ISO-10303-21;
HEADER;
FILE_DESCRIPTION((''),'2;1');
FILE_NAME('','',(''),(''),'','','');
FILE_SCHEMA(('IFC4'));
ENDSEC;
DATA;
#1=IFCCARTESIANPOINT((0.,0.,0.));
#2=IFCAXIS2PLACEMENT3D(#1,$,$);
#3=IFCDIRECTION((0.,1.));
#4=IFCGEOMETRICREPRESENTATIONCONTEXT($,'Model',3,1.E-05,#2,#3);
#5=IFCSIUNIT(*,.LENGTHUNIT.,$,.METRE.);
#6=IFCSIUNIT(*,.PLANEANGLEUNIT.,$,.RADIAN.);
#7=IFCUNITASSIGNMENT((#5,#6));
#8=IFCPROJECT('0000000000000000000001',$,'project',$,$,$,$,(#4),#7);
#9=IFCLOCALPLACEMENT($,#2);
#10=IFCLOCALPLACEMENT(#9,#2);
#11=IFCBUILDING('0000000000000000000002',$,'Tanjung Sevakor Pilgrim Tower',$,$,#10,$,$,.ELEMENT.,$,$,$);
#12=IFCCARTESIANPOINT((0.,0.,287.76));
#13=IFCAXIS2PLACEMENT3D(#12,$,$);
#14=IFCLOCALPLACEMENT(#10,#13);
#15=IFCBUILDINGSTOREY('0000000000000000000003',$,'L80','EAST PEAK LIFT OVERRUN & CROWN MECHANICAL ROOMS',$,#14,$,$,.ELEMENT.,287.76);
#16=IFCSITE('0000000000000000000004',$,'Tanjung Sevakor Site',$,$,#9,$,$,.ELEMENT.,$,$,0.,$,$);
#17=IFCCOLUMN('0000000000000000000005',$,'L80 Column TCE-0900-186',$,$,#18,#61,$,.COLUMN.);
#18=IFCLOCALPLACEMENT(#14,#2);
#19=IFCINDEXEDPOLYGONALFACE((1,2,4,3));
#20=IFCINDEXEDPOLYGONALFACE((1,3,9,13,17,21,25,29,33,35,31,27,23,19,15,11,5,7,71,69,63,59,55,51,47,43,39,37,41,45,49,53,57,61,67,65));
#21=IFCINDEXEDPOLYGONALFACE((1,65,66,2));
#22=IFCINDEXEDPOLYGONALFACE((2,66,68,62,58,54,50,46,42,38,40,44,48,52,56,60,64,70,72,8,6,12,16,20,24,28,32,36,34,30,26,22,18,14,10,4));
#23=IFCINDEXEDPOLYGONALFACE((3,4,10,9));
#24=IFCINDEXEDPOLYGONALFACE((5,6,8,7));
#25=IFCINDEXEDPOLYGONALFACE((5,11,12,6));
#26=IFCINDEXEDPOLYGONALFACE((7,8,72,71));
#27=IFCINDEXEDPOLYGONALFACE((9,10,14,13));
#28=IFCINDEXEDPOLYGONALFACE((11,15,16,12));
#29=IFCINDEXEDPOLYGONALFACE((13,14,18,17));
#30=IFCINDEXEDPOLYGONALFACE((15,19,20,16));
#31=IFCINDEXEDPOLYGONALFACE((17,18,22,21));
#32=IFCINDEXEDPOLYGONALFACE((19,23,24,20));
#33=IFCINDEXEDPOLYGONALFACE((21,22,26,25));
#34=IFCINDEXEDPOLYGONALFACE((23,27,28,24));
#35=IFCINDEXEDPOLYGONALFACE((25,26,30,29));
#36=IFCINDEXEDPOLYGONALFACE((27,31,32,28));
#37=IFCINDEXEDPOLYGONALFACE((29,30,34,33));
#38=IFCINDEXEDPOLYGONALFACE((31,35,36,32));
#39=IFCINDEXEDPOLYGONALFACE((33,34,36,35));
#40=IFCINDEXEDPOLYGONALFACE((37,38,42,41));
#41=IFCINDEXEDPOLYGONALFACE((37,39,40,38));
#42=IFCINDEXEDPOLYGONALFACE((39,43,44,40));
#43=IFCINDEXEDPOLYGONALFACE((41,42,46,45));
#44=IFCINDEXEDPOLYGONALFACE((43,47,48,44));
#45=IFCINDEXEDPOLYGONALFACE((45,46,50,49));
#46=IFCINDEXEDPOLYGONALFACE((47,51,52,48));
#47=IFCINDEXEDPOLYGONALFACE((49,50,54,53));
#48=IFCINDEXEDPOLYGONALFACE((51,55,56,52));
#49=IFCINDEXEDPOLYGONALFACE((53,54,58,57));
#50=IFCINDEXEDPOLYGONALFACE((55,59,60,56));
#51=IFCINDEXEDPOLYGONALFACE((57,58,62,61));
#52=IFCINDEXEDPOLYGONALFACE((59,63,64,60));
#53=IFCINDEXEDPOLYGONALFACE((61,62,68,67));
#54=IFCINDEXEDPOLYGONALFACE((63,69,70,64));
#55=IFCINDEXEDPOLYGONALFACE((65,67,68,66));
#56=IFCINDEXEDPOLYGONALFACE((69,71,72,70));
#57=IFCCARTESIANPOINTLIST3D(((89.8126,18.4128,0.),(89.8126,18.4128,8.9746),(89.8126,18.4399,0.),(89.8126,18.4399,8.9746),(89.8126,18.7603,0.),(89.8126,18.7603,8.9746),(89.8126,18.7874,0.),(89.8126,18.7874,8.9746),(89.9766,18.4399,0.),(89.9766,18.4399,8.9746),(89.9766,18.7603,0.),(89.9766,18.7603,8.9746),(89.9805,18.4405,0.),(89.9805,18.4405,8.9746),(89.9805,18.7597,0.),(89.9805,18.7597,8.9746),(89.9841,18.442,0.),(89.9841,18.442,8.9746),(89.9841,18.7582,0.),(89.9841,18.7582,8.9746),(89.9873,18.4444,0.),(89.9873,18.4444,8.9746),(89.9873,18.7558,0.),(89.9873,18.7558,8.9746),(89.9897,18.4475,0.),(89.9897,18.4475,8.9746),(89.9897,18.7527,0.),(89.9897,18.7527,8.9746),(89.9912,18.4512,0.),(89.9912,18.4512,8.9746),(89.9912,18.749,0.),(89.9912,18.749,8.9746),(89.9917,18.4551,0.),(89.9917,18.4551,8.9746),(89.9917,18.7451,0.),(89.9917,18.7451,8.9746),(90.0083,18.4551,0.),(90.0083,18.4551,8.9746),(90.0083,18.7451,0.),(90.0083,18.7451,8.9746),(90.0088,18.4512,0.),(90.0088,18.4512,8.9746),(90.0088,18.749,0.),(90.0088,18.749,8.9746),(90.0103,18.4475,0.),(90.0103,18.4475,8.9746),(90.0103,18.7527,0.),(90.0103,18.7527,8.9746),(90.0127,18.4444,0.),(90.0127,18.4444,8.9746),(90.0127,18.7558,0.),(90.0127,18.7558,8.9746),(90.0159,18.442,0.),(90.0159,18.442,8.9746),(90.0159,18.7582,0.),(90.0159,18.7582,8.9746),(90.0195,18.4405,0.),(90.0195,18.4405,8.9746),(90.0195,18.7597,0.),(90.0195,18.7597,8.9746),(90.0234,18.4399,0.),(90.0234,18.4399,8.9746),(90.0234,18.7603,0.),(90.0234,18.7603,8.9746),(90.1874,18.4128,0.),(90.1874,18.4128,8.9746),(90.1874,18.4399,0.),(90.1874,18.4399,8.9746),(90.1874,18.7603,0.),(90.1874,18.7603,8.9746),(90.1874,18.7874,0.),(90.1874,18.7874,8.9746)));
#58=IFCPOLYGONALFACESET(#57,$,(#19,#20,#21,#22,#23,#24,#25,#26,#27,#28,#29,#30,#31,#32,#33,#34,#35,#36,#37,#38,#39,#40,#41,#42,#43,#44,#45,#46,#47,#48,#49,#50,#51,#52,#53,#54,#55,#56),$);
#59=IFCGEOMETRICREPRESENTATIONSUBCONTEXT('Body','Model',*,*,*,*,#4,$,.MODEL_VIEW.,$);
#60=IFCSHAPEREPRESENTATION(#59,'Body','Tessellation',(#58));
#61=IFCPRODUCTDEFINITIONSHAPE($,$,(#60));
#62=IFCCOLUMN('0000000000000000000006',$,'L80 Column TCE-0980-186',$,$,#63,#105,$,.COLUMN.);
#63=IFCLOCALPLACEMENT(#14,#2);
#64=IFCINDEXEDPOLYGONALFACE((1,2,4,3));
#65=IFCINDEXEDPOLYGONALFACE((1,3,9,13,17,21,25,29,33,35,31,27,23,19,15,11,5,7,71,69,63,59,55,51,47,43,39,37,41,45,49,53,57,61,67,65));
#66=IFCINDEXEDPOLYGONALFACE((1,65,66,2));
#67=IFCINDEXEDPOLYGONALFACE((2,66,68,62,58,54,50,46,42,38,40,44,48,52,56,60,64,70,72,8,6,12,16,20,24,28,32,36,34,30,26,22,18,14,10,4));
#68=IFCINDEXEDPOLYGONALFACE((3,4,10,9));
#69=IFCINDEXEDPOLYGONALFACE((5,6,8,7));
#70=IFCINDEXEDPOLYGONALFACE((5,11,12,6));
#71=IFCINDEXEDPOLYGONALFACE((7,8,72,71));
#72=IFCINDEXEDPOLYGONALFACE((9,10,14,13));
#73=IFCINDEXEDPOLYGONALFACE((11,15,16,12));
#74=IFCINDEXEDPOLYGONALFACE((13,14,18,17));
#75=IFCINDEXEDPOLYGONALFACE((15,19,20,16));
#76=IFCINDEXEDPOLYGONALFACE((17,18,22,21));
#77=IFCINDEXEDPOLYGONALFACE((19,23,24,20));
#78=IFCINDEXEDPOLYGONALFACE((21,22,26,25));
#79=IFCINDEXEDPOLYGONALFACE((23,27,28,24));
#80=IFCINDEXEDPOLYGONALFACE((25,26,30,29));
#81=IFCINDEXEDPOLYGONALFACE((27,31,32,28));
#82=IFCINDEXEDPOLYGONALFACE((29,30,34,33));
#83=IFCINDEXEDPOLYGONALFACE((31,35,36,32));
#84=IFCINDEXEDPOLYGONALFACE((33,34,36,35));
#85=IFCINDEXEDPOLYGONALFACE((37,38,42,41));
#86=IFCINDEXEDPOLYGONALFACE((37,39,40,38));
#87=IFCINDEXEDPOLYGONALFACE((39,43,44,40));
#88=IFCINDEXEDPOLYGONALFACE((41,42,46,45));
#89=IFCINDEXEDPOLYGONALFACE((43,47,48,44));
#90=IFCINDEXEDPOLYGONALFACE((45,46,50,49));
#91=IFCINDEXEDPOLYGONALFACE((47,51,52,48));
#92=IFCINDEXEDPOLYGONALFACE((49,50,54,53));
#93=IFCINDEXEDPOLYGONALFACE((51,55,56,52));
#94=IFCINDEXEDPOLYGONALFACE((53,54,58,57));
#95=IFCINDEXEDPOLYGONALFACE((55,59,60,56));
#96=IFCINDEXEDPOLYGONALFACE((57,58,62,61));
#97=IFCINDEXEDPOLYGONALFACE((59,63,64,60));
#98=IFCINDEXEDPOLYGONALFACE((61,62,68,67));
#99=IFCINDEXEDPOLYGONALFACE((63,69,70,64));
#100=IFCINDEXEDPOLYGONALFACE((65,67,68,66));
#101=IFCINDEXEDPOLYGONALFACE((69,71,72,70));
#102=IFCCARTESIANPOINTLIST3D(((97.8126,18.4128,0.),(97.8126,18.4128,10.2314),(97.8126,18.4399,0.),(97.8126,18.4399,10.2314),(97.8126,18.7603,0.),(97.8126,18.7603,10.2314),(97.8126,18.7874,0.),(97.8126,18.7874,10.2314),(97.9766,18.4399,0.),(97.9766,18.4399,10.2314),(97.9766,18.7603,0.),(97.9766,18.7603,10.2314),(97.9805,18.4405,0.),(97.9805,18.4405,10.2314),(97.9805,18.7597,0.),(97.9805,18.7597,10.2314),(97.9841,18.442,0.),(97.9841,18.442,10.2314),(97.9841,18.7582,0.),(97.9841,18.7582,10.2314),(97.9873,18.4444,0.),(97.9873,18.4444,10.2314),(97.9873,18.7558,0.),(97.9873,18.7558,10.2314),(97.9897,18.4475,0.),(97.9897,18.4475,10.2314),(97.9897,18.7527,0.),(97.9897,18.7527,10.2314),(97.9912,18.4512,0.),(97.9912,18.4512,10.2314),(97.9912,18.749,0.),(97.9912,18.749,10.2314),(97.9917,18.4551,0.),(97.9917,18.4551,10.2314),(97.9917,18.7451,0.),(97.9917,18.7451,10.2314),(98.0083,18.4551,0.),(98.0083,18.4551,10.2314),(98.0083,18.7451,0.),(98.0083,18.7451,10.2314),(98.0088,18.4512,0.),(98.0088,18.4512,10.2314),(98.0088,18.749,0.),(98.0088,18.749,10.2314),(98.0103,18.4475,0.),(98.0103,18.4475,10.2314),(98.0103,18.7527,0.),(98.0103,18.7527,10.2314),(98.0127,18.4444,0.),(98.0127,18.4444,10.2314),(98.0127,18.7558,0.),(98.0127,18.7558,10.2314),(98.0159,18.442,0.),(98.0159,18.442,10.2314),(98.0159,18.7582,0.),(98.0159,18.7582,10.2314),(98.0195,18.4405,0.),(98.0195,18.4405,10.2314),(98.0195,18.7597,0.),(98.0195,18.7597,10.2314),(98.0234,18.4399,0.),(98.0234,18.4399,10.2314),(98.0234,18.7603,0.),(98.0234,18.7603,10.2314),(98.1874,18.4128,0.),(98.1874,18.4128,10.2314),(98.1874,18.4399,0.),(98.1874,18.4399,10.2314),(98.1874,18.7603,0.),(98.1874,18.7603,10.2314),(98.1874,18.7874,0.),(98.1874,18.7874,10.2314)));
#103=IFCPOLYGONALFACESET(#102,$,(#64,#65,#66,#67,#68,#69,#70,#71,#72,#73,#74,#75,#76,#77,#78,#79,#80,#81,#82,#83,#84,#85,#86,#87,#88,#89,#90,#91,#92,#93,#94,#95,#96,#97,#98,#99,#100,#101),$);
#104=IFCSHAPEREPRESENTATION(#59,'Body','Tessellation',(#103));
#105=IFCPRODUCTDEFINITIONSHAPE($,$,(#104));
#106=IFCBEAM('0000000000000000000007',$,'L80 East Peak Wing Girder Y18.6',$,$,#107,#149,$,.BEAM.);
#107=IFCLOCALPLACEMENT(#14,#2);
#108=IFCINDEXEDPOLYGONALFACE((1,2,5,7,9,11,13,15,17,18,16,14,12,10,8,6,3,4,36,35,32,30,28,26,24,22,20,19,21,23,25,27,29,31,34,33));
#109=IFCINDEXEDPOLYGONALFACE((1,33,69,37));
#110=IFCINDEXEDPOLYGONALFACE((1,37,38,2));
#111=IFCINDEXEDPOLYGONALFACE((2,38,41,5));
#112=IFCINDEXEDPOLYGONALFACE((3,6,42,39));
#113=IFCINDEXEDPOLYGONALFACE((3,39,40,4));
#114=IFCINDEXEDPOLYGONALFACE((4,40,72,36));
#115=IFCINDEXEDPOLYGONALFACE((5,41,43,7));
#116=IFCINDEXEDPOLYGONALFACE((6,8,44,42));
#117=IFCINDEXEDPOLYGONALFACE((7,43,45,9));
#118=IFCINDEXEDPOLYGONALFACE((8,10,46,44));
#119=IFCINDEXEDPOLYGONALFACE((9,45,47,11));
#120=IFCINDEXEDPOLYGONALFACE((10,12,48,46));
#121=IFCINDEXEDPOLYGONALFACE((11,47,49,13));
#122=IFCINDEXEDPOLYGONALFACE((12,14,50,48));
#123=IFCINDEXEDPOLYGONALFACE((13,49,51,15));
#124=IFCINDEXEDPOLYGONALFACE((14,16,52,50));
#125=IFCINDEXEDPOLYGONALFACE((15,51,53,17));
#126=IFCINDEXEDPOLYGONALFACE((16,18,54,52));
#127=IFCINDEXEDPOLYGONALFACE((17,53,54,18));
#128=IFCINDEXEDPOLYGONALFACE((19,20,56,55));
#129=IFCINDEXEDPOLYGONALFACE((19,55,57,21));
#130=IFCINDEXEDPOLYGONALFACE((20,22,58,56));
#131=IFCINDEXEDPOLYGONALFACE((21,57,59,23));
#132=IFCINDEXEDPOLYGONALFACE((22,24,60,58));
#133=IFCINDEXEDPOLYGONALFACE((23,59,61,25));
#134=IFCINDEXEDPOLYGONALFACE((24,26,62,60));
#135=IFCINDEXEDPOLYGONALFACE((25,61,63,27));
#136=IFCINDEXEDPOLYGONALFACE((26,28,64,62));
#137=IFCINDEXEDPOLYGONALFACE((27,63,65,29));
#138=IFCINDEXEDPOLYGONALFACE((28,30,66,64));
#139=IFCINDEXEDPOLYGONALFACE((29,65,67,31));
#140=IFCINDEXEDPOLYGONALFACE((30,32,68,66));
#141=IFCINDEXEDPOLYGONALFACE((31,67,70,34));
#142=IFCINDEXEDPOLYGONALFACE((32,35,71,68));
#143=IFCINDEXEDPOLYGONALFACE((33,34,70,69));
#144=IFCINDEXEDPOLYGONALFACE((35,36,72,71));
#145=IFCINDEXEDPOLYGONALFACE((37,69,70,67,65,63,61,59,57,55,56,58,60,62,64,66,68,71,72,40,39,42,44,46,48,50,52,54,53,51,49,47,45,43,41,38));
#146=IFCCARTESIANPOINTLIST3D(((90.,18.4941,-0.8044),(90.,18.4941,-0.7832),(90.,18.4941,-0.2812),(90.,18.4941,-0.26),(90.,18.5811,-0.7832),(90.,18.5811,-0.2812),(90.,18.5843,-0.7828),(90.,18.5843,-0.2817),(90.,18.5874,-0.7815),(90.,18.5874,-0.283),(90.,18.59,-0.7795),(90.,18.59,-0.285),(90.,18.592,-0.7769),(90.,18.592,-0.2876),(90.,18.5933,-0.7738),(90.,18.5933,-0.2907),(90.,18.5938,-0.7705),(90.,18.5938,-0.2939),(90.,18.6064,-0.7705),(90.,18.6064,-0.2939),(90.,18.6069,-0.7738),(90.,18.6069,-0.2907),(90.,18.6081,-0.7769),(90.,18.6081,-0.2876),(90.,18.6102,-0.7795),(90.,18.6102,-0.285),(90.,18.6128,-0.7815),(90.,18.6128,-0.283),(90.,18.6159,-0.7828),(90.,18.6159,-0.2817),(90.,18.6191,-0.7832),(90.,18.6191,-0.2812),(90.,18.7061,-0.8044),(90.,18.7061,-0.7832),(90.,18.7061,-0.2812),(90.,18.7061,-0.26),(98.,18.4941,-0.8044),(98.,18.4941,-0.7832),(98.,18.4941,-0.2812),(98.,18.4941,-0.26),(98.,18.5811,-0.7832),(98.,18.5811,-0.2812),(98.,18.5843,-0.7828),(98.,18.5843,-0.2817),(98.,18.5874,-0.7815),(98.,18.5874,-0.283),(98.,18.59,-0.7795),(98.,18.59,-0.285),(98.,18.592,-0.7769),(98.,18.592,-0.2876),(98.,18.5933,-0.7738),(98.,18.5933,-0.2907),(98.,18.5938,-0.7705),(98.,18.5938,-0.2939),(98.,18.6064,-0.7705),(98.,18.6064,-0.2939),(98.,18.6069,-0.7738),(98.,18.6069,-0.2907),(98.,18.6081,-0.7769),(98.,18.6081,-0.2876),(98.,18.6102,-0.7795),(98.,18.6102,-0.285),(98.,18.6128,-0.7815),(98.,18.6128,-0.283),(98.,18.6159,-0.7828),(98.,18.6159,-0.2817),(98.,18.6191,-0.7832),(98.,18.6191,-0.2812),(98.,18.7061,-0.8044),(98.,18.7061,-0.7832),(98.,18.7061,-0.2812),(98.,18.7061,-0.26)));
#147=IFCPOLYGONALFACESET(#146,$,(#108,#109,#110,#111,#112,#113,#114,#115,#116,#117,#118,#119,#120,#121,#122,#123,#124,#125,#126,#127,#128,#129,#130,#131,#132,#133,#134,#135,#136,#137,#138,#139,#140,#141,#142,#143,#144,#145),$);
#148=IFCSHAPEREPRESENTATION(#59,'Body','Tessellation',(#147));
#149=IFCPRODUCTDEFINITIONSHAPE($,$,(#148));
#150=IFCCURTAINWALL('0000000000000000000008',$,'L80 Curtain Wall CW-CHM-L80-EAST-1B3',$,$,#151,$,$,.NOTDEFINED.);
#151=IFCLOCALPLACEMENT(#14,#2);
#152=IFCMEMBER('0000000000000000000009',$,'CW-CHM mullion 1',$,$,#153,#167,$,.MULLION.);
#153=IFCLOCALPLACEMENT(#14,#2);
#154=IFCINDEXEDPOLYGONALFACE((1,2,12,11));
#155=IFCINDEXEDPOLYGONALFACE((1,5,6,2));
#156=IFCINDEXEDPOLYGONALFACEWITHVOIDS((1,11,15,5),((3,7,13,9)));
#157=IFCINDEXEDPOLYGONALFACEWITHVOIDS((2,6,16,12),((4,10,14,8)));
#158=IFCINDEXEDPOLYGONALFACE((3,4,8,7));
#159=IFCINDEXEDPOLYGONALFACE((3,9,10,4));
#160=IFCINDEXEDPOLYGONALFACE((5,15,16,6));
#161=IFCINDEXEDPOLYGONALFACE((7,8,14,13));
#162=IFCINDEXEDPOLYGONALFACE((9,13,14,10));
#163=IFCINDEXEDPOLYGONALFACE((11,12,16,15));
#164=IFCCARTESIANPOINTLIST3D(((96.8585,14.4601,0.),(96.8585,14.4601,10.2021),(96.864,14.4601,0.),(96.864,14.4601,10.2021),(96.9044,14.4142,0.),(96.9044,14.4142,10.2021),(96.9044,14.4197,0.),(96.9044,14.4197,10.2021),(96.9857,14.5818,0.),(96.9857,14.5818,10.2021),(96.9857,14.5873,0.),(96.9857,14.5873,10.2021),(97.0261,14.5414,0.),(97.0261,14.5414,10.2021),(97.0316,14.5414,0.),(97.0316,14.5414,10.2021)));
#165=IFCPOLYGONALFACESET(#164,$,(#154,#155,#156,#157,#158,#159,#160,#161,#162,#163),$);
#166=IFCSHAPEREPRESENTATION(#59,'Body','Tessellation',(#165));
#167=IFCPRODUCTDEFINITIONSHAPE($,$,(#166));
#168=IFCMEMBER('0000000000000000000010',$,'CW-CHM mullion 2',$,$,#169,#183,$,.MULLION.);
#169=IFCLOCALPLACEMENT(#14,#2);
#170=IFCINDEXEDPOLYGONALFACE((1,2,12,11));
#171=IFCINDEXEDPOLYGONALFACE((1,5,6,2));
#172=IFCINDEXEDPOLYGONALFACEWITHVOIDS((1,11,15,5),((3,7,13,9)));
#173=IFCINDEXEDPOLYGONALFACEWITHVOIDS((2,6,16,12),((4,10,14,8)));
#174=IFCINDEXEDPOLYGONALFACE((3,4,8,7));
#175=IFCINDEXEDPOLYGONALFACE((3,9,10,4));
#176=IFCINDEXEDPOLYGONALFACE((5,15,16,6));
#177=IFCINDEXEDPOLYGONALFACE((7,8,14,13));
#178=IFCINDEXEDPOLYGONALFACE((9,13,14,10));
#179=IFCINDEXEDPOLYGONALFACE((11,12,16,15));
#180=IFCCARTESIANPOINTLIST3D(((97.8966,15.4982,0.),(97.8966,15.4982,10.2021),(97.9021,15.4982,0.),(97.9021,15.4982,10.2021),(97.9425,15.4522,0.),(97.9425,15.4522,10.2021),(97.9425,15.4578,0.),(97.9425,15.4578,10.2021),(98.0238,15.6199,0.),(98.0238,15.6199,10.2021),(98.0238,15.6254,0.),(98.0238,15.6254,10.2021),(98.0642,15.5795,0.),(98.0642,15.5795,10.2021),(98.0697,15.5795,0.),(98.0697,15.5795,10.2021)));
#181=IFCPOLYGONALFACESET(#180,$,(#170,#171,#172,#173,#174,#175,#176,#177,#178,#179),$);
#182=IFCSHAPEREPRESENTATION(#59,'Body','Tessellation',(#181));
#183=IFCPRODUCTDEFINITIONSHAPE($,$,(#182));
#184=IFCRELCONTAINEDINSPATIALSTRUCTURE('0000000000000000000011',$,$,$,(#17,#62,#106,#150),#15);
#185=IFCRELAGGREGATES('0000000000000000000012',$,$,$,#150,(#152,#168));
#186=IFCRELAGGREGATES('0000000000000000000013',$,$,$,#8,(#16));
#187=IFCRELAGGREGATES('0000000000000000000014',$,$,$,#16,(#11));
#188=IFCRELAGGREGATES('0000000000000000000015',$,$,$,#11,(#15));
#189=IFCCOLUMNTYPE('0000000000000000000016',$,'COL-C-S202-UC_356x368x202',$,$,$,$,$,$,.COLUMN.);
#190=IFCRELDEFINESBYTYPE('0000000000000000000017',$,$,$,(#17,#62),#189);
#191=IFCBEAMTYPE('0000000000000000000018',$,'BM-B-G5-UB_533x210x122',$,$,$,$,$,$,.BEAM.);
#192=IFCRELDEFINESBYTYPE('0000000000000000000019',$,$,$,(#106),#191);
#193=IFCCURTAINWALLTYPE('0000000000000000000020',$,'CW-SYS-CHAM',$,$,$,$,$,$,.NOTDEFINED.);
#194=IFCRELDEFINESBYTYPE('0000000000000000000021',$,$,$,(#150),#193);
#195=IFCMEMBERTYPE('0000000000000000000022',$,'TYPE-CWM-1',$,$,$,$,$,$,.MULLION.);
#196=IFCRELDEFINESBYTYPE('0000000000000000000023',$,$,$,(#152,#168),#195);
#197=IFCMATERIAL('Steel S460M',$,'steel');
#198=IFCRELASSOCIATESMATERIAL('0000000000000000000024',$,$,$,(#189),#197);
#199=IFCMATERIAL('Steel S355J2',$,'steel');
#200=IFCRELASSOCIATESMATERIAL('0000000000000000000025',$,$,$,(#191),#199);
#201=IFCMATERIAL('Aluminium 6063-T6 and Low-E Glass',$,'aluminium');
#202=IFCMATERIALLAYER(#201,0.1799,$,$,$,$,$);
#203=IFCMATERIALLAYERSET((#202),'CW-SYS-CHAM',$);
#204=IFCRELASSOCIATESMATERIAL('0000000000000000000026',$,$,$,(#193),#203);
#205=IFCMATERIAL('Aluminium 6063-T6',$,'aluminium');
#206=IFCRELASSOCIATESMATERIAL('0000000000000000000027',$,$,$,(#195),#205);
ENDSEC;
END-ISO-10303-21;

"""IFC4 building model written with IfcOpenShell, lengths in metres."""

from ifc_helpers import new_model, si_unit, direction, frame, origin, origin_2d, place, context, subcontext, project, spatial, hollow_rectangle, i_section, extrude, material, layer, layer_set, material_profile, profile_set, type_object, element, aggregate, save


model = new_model("IFC4")

# Units and contexts
model_context = context("Model", 3, precision=1e-05, world=origin(), true_north=direction((0.0, 1.0)))
body_context = subcontext(model_context, "Body", "Model", "MODEL_VIEW")
ifc_project = project(units=[si_unit("LENGTHUNIT", "METRE"), si_unit("PLANEANGLEUNIT", "RADIAN")], contexts=[model_context])

# Site, building, storey
site_placement = place(None, origin())
site = spatial("IfcSite", under=ifc_project, at=site_placement, Name="Tanjung Sevakor Site", CompositionType="ELEMENT", RefElevation=0.0)
building_placement = place(site_placement, origin())
building = spatial("IfcBuilding", under=site, at=building_placement, Name="Tanjung Sevakor Pilgrim Tower", CompositionType="ELEMENT")
storey_placement = place(building_placement, frame((0.0, 0.0, 287.76)))
storey = spatial("IfcBuildingStorey", under=building, at=storey_placement, Name="L80", Description="EAST PEAK LIFT OVERRUN & CROWN MECHANICAL ROOMS", CompositionType="ELEMENT", Elevation=287.76)

# Columns
ifc_material_1 = material(Name="Steel S460M", Category="steel")
ifc_material_profile_1 = material_profile(ifc_material_1, i_section(OverallWidth=0.3748, OverallDepth=0.3745, WebThickness=0.0166, FlangeThickness=0.0271, FilletRadius=0.0151, at=origin_2d()))
ifc_profile_set_1 = profile_set([ifc_material_profile_1], Name="Steel S460M")
column_type = type_object("IfcColumnType", Name="COL-C-S202-UC_356x368x202", PredefinedType="COLUMN", material=ifc_profile_set_1)
column_1_placement = place(storey_placement, frame((90.0, 18.6001, 0.0), z_axis=(0.0, 0.0, 1.0), x_axis=(1.0, 0.0, 0.0)))
element("IfcColumn", 1, at=column_1_placement, inside=storey, type_object=column_type, Name="L80 Column TCE-0900-186", PredefinedType="COLUMN", context=body_context, shape_type="SweptSolid", body=[
    extrude(i_section(OverallWidth=0.3748, OverallDepth=0.3745, WebThickness=0.0166, FlangeThickness=0.0271, FilletRadius=0.0151, at=origin_2d()), origin(), (0.0, 0.0, 1.0), 8.9746),
])
column_2_placement = place(storey_placement, frame((98.0, 18.6001, 0.0), z_axis=(0.0, 0.0, 1.0), x_axis=(1.0, 0.0, 0.0)))
element("IfcColumn", 2, at=column_2_placement, inside=storey, type_object=column_type, Name="L80 Column TCE-0980-186", PredefinedType="COLUMN", context=body_context, shape_type="SweptSolid", body=[
    extrude(i_section(OverallWidth=0.3748, OverallDepth=0.3745, WebThickness=0.0166, FlangeThickness=0.0271, FilletRadius=0.0151, at=origin_2d()), origin(), (0.0, 0.0, 1.0), 10.2314),
])

# Beam
ifc_material_2 = material(Name="Steel S355J2", Category="steel")
ifc_material_profile_2 = material_profile(ifc_material_2, i_section(OverallWidth=0.2119, OverallDepth=0.5444, WebThickness=0.0127, FlangeThickness=0.0212, FilletRadius=0.0127, at=origin_2d()))
ifc_profile_set_2 = profile_set([ifc_material_profile_2], Name="Steel S355J2")
beam_type = type_object("IfcBeamType", Name="BM-B-G5-UB_533x210x122", PredefinedType="BEAM", material=ifc_profile_set_2)
beam_placement = place(storey_placement, frame((90.0, 18.6001, -0.5322), z_axis=(1.0, 0.0, 0.0), x_axis=(0.0, 1.0, 0.0)))
element("IfcBeam", 3, at=beam_placement, inside=storey, type_object=beam_type, Name="L80 East Peak Wing Girder Y18.6", PredefinedType="BEAM", context=body_context, shape_type="SweptSolid", body=[
    extrude(i_section(OverallWidth=0.2119, OverallDepth=0.5444, WebThickness=0.0127, FlangeThickness=0.0212, FilletRadius=0.0127, at=origin_2d()), origin(), (0.0, 0.0, 1.0), 8.0),
])

# Curtain wall, members
ifc_material_3 = material(Name="Aluminium 6063-T6 and Low-E Glass", Category="aluminium")
ifc_layer_1 = layer(ifc_material_3, 0.1799)
ifc_layer_set_1 = layer_set([ifc_layer_1], Name="CW-SYS-CHAM")
curtain_wall_type_1 = type_object("IfcCurtainWallType", Name="CW-SYS-CHAM", PredefinedType="NOTDEFINED", material=ifc_layer_set_1)
curtain_wall_1_placement = place(storey_placement, origin())
curtain_wall_1 = element("IfcCurtainWall", 4, at=curtain_wall_1_placement, inside=storey, type_object=curtain_wall_type_1, Name="L80 Curtain Wall CW-CHM-L80-EAST-1B3", PredefinedType="NOTDEFINED")
ifc_material_4 = material(Name="Aluminium 6063-T6", Category="aluminium")
ifc_material_profile_3 = material_profile(ifc_material_4, hollow_rectangle(XDim=0.0649, YDim=0.1799, WallThickness=0.0039, at=origin_2d()))
ifc_profile_set_3 = profile_set([ifc_material_profile_3], Name="Aluminium 6063-T6")
member_type_1 = type_object("IfcMemberType", Name="TYPE-CWM-1", PredefinedType="MULLION", material=ifc_profile_set_3)
member_1_placement = place(storey_placement, frame((96.9451, 14.5007, 0.0), z_axis=(0.0, 0.0, 1.0), x_axis=(-0.707107, 0.707107, 0.0)))
member_1 = element("IfcMember", 5, at=member_1_placement, type_object=member_type_1, Name="CW-CHM mullion 1", PredefinedType="MULLION", context=body_context, shape_type="SweptSolid", body=[
    extrude(hollow_rectangle(XDim=0.0649, YDim=0.1799, WallThickness=0.0039, at=origin_2d()), origin(), (0.0, 0.0, 1.0), 10.2021),
])
member_2_placement = place(storey_placement, frame((97.9832, 15.5388, 0.0), z_axis=(0.0, 0.0, 1.0), x_axis=(-0.707107, 0.707107, 0.0)))
member_2 = element("IfcMember", 6, at=member_2_placement, type_object=member_type_1, Name="CW-CHM mullion 2", PredefinedType="MULLION", context=body_context, shape_type="SweptSolid", body=[
    extrude(hollow_rectangle(XDim=0.0649, YDim=0.1799, WallThickness=0.0039, at=origin_2d()), origin(), (0.0, 0.0, 1.0), 10.2021),
])

aggregate(curtain_wall_1, [member_1, member_2])

save(model, "model.ifc")
